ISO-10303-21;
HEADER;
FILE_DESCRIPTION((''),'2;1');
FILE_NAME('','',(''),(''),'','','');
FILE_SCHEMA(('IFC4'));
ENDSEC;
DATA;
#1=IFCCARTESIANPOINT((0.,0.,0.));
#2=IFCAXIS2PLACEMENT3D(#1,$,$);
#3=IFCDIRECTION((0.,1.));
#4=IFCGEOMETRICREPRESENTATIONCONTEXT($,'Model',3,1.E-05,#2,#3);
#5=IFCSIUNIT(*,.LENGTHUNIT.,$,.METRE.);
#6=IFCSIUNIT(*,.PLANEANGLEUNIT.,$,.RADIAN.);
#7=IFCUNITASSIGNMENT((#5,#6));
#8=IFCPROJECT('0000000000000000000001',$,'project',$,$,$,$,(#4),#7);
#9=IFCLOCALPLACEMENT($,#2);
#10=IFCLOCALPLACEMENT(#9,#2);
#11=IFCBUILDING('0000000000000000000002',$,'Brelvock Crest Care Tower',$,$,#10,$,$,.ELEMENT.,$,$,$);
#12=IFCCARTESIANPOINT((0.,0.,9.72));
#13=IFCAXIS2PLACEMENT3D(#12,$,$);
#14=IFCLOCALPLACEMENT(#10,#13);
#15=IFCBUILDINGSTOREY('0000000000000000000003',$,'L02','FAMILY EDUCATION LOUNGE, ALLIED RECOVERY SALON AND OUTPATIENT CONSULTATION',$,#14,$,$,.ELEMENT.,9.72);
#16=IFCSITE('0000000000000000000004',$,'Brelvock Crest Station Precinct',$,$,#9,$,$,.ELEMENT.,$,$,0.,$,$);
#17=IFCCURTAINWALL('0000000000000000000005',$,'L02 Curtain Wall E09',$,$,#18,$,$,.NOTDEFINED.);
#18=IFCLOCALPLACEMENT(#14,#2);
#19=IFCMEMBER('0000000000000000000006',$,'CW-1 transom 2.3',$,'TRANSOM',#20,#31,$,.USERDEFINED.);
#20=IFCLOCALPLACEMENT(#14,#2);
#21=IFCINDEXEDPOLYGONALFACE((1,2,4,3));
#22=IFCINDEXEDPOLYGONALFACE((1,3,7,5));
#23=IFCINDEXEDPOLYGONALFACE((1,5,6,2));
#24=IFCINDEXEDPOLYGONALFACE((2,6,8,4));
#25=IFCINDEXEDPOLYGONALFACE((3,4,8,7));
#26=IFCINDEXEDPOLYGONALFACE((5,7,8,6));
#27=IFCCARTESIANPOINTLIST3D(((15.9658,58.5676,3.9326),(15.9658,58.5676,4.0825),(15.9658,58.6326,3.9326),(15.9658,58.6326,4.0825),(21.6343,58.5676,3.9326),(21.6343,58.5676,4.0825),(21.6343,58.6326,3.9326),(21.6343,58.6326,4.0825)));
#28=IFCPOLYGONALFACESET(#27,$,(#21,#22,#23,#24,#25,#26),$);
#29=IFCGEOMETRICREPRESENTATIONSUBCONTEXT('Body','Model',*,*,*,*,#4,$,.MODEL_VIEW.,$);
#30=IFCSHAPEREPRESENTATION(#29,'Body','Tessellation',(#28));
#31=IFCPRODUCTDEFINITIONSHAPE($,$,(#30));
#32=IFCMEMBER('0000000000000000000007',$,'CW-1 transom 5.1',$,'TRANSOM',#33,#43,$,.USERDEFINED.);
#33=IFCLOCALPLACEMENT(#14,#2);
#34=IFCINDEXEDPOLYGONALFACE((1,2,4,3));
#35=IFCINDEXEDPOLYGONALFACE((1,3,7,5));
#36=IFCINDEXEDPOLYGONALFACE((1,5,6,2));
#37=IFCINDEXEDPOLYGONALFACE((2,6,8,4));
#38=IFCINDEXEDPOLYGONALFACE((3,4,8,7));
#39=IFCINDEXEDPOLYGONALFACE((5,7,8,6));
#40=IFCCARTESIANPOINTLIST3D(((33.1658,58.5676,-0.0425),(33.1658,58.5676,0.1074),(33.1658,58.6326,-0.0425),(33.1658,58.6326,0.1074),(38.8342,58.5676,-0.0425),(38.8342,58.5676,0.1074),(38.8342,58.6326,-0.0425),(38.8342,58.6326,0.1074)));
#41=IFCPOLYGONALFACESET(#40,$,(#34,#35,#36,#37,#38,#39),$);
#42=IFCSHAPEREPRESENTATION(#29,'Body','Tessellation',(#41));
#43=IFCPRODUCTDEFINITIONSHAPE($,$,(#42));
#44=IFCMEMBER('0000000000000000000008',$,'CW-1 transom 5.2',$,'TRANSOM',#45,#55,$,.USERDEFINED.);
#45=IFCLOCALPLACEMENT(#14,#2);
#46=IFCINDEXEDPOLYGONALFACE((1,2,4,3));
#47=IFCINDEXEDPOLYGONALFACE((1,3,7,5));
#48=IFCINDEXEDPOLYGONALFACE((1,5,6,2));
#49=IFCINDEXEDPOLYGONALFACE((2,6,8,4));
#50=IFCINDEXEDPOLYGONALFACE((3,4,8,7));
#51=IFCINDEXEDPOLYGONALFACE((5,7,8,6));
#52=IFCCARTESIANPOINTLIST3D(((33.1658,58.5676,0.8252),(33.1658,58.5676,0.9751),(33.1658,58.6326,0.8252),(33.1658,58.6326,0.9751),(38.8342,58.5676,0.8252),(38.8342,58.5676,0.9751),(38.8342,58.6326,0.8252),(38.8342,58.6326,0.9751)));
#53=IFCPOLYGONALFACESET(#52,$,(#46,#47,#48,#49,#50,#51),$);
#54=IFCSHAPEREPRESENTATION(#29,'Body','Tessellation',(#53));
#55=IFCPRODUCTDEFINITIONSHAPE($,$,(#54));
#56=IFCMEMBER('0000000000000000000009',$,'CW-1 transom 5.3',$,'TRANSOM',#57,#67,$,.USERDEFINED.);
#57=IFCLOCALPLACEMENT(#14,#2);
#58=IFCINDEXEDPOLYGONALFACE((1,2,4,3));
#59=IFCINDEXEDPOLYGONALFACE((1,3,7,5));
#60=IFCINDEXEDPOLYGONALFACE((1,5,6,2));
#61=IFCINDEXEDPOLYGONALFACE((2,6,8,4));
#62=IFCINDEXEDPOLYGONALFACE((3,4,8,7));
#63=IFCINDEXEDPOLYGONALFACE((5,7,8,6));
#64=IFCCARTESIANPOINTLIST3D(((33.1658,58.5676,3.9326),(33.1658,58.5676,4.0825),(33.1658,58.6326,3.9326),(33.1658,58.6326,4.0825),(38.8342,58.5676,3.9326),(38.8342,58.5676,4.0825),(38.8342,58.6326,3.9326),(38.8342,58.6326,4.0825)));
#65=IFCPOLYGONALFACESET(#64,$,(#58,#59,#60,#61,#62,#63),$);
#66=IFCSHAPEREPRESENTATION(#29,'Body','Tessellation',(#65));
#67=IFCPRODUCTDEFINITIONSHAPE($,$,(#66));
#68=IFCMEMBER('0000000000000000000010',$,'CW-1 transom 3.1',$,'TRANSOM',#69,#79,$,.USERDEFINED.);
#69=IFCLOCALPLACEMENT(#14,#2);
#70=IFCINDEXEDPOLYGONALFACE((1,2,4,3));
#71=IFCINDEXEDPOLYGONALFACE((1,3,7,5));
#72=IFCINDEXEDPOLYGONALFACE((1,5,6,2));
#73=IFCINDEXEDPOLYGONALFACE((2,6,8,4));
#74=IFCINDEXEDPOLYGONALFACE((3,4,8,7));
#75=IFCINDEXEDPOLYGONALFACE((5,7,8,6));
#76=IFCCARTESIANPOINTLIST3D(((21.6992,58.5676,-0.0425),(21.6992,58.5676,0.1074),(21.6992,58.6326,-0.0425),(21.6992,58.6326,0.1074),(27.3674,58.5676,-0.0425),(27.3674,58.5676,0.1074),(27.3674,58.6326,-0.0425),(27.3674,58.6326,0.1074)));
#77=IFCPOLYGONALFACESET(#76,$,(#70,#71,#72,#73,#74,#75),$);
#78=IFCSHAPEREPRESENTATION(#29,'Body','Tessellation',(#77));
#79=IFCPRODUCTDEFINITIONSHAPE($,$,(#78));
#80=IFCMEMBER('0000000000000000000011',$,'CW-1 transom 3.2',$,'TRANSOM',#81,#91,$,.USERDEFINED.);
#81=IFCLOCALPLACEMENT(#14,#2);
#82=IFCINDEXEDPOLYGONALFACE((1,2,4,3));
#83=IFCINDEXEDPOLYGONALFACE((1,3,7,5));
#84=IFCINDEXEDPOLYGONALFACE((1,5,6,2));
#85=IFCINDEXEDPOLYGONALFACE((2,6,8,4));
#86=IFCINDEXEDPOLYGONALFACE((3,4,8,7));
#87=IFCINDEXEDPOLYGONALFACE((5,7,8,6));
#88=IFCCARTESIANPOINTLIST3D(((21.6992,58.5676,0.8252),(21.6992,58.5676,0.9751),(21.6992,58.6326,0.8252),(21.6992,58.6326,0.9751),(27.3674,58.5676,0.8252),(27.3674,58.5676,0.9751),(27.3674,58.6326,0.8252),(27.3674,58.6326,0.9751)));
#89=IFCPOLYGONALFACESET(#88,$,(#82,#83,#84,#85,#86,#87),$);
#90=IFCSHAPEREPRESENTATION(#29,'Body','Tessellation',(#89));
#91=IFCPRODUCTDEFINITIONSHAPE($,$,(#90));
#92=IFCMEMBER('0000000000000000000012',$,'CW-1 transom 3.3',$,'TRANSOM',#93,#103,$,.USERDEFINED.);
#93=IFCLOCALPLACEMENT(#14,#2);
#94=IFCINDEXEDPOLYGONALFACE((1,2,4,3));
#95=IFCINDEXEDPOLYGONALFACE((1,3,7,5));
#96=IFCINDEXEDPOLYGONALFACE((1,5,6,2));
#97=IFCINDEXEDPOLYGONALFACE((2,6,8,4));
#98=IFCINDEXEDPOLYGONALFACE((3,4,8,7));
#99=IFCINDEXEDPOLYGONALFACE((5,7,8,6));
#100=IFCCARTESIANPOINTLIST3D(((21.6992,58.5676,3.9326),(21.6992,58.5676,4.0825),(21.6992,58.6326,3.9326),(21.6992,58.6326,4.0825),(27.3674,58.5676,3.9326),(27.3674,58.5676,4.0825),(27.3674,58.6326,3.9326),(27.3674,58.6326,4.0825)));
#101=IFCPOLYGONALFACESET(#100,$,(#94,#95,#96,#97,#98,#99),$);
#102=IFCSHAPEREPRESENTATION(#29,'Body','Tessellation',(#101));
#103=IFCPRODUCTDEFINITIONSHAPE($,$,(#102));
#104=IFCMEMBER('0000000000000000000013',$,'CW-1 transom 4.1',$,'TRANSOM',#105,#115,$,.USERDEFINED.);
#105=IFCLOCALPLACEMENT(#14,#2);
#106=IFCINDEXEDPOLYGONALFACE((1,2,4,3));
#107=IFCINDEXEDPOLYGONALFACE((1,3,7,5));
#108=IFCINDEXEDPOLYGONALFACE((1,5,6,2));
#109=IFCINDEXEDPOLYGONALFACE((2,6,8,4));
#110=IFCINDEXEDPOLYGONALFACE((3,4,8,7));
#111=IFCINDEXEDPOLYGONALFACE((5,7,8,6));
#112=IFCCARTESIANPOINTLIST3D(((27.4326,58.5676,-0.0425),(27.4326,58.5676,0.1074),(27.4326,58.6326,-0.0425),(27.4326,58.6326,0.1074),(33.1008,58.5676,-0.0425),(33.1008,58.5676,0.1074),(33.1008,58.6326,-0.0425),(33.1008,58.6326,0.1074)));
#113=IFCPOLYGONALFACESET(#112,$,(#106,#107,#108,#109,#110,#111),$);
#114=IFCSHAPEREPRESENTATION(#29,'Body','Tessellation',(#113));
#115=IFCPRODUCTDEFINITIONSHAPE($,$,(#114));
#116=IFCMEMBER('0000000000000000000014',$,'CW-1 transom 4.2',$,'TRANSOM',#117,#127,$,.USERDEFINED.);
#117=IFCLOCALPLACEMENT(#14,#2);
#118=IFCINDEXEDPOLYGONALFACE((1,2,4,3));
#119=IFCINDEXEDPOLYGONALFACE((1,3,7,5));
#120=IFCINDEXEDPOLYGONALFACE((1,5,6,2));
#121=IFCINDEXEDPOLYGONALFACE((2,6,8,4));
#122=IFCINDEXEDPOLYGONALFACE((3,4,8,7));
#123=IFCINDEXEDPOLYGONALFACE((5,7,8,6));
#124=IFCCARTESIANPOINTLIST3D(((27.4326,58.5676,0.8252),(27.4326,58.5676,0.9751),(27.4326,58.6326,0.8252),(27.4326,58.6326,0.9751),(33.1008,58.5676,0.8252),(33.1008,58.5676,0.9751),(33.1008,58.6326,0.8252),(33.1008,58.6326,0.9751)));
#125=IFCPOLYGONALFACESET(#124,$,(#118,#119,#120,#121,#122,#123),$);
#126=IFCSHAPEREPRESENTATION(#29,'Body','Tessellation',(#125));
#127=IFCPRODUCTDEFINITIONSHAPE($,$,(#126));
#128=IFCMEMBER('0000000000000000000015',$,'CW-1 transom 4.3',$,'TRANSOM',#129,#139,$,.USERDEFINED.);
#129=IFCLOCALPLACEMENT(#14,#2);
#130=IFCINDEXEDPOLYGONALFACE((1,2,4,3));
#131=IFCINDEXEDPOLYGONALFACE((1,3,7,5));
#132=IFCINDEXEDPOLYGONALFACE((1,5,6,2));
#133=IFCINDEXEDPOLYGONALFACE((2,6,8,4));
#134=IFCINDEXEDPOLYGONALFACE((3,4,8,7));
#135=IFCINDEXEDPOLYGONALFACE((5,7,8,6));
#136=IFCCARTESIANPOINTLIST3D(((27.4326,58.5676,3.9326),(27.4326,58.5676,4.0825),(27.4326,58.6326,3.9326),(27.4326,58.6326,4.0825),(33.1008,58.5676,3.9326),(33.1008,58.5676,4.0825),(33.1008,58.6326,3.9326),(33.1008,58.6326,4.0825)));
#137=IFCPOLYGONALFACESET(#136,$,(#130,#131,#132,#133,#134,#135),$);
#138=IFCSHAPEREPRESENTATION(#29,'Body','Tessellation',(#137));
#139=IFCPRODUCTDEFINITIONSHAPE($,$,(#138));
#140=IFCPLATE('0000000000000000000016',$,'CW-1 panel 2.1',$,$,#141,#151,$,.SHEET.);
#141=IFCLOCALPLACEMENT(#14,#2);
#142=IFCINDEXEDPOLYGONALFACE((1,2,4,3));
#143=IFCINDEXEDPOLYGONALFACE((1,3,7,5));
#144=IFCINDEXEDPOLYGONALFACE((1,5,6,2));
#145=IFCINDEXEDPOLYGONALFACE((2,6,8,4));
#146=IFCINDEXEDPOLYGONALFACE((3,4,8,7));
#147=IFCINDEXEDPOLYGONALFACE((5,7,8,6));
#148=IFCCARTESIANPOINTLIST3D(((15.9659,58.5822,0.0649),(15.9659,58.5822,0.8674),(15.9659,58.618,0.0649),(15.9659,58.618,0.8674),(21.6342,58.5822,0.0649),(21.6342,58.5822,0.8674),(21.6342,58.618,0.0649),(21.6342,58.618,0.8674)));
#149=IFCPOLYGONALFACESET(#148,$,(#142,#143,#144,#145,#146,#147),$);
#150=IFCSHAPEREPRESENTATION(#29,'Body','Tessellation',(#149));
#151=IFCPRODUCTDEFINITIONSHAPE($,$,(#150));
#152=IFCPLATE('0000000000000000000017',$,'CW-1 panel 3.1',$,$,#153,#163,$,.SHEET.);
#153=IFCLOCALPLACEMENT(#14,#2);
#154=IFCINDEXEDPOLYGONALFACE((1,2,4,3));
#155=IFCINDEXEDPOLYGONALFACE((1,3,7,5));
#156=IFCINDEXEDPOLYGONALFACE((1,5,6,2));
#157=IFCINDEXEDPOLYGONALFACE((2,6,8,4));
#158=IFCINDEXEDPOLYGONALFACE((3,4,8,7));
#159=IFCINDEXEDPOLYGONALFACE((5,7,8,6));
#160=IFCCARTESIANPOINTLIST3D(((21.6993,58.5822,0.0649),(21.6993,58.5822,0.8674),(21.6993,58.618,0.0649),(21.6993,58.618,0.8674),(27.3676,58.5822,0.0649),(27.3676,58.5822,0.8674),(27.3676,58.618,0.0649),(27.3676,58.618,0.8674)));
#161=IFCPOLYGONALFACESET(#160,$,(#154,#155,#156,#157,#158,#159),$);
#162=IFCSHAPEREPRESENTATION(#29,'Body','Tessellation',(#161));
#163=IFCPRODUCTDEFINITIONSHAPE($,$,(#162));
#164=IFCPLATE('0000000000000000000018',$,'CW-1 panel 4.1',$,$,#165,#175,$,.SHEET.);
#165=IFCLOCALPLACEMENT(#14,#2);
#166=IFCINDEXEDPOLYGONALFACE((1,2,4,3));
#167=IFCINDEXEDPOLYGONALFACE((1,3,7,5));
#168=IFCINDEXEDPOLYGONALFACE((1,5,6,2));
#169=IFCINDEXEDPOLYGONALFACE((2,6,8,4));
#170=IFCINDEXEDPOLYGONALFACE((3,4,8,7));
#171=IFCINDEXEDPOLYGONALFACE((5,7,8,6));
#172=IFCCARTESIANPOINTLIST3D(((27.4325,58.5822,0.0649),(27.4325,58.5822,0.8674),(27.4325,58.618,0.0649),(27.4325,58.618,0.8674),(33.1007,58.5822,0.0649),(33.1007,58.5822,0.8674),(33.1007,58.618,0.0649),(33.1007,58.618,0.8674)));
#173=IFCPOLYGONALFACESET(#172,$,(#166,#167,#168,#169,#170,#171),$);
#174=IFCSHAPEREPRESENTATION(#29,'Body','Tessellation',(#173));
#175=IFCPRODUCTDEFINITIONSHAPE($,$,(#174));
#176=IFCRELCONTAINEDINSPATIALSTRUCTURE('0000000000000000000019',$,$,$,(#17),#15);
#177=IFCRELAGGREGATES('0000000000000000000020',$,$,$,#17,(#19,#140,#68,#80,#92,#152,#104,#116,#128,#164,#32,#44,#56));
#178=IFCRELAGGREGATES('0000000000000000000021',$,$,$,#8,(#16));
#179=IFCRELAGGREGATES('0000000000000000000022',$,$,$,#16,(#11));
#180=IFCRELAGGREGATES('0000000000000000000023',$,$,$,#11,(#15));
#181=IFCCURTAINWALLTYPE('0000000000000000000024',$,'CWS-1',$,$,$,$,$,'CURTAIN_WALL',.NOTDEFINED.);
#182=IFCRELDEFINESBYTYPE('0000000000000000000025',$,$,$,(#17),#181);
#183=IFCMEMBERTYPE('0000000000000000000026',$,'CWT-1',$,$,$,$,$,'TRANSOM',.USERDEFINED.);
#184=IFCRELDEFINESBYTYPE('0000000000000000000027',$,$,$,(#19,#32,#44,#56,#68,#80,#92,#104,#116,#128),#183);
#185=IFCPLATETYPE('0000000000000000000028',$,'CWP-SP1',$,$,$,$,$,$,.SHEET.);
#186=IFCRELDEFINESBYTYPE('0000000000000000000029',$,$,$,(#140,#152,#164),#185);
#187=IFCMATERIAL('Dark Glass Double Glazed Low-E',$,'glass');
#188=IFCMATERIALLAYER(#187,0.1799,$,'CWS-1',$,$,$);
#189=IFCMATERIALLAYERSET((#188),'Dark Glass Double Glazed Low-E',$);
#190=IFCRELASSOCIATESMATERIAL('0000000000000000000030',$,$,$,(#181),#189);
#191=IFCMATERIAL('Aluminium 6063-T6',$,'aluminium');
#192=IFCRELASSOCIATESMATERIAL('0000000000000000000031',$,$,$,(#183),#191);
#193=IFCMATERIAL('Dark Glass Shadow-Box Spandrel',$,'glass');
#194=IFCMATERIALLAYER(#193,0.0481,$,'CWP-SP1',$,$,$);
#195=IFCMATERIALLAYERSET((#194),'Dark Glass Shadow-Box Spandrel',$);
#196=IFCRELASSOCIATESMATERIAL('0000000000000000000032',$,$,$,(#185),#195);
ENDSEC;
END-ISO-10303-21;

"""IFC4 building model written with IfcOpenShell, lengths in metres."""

from ifc_helpers import new_model, si_unit, direction, frame, origin, origin_2d, place, context, subcontext, project, spatial, rectangle, extrude, source, transform, mapped, material, layer, layer_set, material_profile, profile_set, type_object, element, aggregate, save


model = new_model("IFC4")

# Units and contexts
model_context = context("Model", 3, precision=1e-05, world=origin(), true_north=direction((0.0, 1.0)))
body_context = subcontext(model_context, "Body", "Model", "MODEL_VIEW")
ifc_project = project(units=[si_unit("LENGTHUNIT", "METRE"), si_unit("PLANEANGLEUNIT", "RADIAN")], contexts=[model_context])

# Site, building, storey
site_placement = place(None, origin())
site = spatial("IfcSite", under=ifc_project, at=site_placement, Name="Brelvock Crest Station Precinct", CompositionType="ELEMENT", RefElevation=0.0)
building_placement = place(site_placement, origin())
building = spatial("IfcBuilding", under=site, at=building_placement, Name="Brelvock Crest Care Tower", CompositionType="ELEMENT")
storey_placement = place(building_placement, frame((0.0, 0.0, 9.72)))
storey = spatial("IfcBuildingStorey", under=building, at=storey_placement, Name="L02", Description="FAMILY EDUCATION LOUNGE, ALLIED RECOVERY SALON AND OUTPATIENT CONSULTATION", CompositionType="ELEMENT", Elevation=9.72)

# Curtain wall, members, plates
ifc_material_1 = material(Name="Dark Glass Double Glazed Low-E", Category="glass")
ifc_layer_1 = layer(ifc_material_1, 0.1799, Name="CWS-1")
ifc_layer_set_1 = layer_set([ifc_layer_1], Name="Dark Glass Double Glazed Low-E")
curtain_wall_type = type_object("IfcCurtainWallType", Name="CWS-1", ElementType="CURTAIN_WALL", PredefinedType="NOTDEFINED", material=ifc_layer_set_1)
curtain_wall_placement = place(storey_placement, origin())
curtain_wall = element("IfcCurtainWall", 1, at=curtain_wall_placement, inside=storey, type_object=curtain_wall_type, Name="L02 Curtain Wall E09", PredefinedType="NOTDEFINED")
ifc_material_2 = material(Name="Aluminium 6063-T6", Category="aluminium")
ifc_material_profile_1 = material_profile(ifc_material_2, rectangle(XDim=0.0649, YDim=0.1499, at=origin_2d()), Name="ALU65x150")
ifc_profile_set_1 = profile_set([ifc_material_profile_1], Name="Aluminium 6063-T6")
member_type_1 = type_object("IfcMemberType", Name="CWT-1", ElementType="TRANSOM", PredefinedType="USERDEFINED", material=ifc_profile_set_1)
shared_shape_1 = source(origin(), body_context, "Body", "SweptSolid", [
    extrude(rectangle(XDim=0.0649, YDim=0.1499, at=origin_2d()), origin(), (0.0, 0.0, 1.0), 5.6685),
])
member_1_placement = place(storey_placement, frame((15.9658, 58.6001, 4.0076), z_axis=(1.0, 0.0, 0.0), x_axis=(0.0, 1.0, 0.0)))
member_1 = element("IfcMember", 2, at=member_1_placement, type_object=member_type_1, Name="CW-1 transom 2.3", ObjectType="TRANSOM", PredefinedType="USERDEFINED", context=body_context, shape_type="MappedRepresentation", body=[
    mapped(shared_shape_1, transform((0.0, 0.0, 0.0), x_axis=(1.0, 0.0, 0.0), y_axis=(0.0, 1.0, 0.0), z_axis=(0.0, 0.0, 1.0), scale=1.0)),
])
member_2_placement = place(storey_placement, frame((33.1658, 58.6001, 0.0325), z_axis=(1.0, 0.0, 0.0), x_axis=(0.0, 1.0, 0.0)))
member_2 = element("IfcMember", 3, at=member_2_placement, type_object=member_type_1, Name="CW-1 transom 5.1", ObjectType="TRANSOM", PredefinedType="USERDEFINED", context=body_context, shape_type="MappedRepresentation", body=[
    mapped(shared_shape_1, transform((0.0, 0.0, 0.0), x_axis=(1.0, 0.0, 0.0), y_axis=(0.0, 1.0, 0.0), z_axis=(0.0, 0.0, 1.0), scale=1.0)),
])
member_3_placement = place(storey_placement, frame((33.1658, 58.6001, 0.9001), z_axis=(1.0, 0.0, 0.0), x_axis=(0.0, 1.0, 0.0)))
member_3 = element("IfcMember", 4, at=member_3_placement, type_object=member_type_1, Name="CW-1 transom 5.2", ObjectType="TRANSOM", PredefinedType="USERDEFINED", context=body_context, shape_type="MappedRepresentation", body=[
    mapped(shared_shape_1, transform((0.0, 0.0, 0.0), x_axis=(1.0, 0.0, 0.0), y_axis=(0.0, 1.0, 0.0), z_axis=(0.0, 0.0, 1.0), scale=1.0)),
])
member_4_placement = place(storey_placement, frame((33.1658, 58.6001, 4.0076), z_axis=(1.0, 0.0, 0.0), x_axis=(0.0, 1.0, 0.0)))
member_4 = element("IfcMember", 5, at=member_4_placement, type_object=member_type_1, Name="CW-1 transom 5.3", ObjectType="TRANSOM", PredefinedType="USERDEFINED", context=body_context, shape_type="MappedRepresentation", body=[
    mapped(shared_shape_1, transform((0.0, 0.0, 0.0), x_axis=(1.0, 0.0, 0.0), y_axis=(0.0, 1.0, 0.0), z_axis=(0.0, 0.0, 1.0), scale=1.0)),
])
shared_shape_2 = source(origin(), body_context, "Body", "SweptSolid", [
    extrude(rectangle(XDim=0.0649, YDim=0.1499, at=origin_2d()), origin(), (0.0, 0.0, 1.0), 5.6682),
])
member_5_placement = place(storey_placement, frame((21.6992, 58.6001, 0.0325), z_axis=(1.0, 0.0, 0.0), x_axis=(0.0, 1.0, 0.0)))
member_5 = element("IfcMember", 6, at=member_5_placement, type_object=member_type_1, Name="CW-1 transom 3.1", ObjectType="TRANSOM", PredefinedType="USERDEFINED", context=body_context, shape_type="MappedRepresentation", body=[
    mapped(shared_shape_2, transform((0.0, 0.0, 0.0), x_axis=(1.0, 0.0, 0.0), y_axis=(0.0, 1.0, 0.0), z_axis=(0.0, 0.0, 1.0), scale=1.0)),
])
member_6_placement = place(storey_placement, frame((21.6992, 58.6001, 0.9001), z_axis=(1.0, 0.0, 0.0), x_axis=(0.0, 1.0, 0.0)))
member_6 = element("IfcMember", 7, at=member_6_placement, type_object=member_type_1, Name="CW-1 transom 3.2", ObjectType="TRANSOM", PredefinedType="USERDEFINED", context=body_context, shape_type="MappedRepresentation", body=[
    mapped(shared_shape_2, transform((0.0, 0.0, 0.0), x_axis=(1.0, 0.0, 0.0), y_axis=(0.0, 1.0, 0.0), z_axis=(0.0, 0.0, 1.0), scale=1.0)),
])
member_7_placement = place(storey_placement, frame((21.6992, 58.6001, 4.0076), z_axis=(1.0, 0.0, 0.0), x_axis=(0.0, 1.0, 0.0)))
member_7 = element("IfcMember", 8, at=member_7_placement, type_object=member_type_1, Name="CW-1 transom 3.3", ObjectType="TRANSOM", PredefinedType="USERDEFINED", context=body_context, shape_type="MappedRepresentation", body=[
    mapped(shared_shape_2, transform((0.0, 0.0, 0.0), x_axis=(1.0, 0.0, 0.0), y_axis=(0.0, 1.0, 0.0), z_axis=(0.0, 0.0, 1.0), scale=1.0)),
])
member_8_placement = place(storey_placement, frame((27.4326, 58.6001, 0.0325), z_axis=(1.0, 0.0, 0.0), x_axis=(0.0, 1.0, 0.0)))
member_8 = element("IfcMember", 9, at=member_8_placement, type_object=member_type_1, Name="CW-1 transom 4.1", ObjectType="TRANSOM", PredefinedType="USERDEFINED", context=body_context, shape_type="MappedRepresentation", body=[
    mapped(shared_shape_2, transform((0.0, 0.0, 0.0), x_axis=(1.0, 0.0, 0.0), y_axis=(0.0, 1.0, 0.0), z_axis=(0.0, 0.0, 1.0), scale=1.0)),
])
member_9_placement = place(storey_placement, frame((27.4326, 58.6001, 0.9001), z_axis=(1.0, 0.0, 0.0), x_axis=(0.0, 1.0, 0.0)))
member_9 = element("IfcMember", 10, at=member_9_placement, type_object=member_type_1, Name="CW-1 transom 4.2", ObjectType="TRANSOM", PredefinedType="USERDEFINED", context=body_context, shape_type="MappedRepresentation", body=[
    mapped(shared_shape_2, transform((0.0, 0.0, 0.0), x_axis=(1.0, 0.0, 0.0), y_axis=(0.0, 1.0, 0.0), z_axis=(0.0, 0.0, 1.0), scale=1.0)),
])
member_10_placement = place(storey_placement, frame((27.4326, 58.6001, 4.0076), z_axis=(1.0, 0.0, 0.0), x_axis=(0.0, 1.0, 0.0)))
member_10 = element("IfcMember", 11, at=member_10_placement, type_object=member_type_1, Name="CW-1 transom 4.3", ObjectType="TRANSOM", PredefinedType="USERDEFINED", context=body_context, shape_type="MappedRepresentation", body=[
    mapped(shared_shape_2, transform((0.0, 0.0, 0.0), x_axis=(1.0, 0.0, 0.0), y_axis=(0.0, 1.0, 0.0), z_axis=(0.0, 0.0, 1.0), scale=1.0)),
])
ifc_material_3 = material(Name="Dark Glass Shadow-Box Spandrel", Category="glass")
ifc_layer_2 = layer(ifc_material_3, 0.0481, Name="CWP-SP1")
ifc_layer_set_2 = layer_set([ifc_layer_2], Name="Dark Glass Shadow-Box Spandrel")
plate_type_1 = type_object("IfcPlateType", Name="CWP-SP1", PredefinedType="SHEET", material=ifc_layer_set_2)
shared_shape_3 = source(origin(), body_context, "Body", "SweptSolid", [
    extrude(rectangle(XDim=5.6682, YDim=0.0359, at=origin_2d()), origin(), (0.0, 0.0, 1.0), 0.8025),
])
plate_1_placement = place(storey_placement, frame((18.8, 58.6001, 0.0649), z_axis=(0.0, 0.0, 1.0), x_axis=(1.0, 0.0, 0.0)))
plate_1 = element("IfcPlate", 12, at=plate_1_placement, type_object=plate_type_1, Name="CW-1 panel 2.1", PredefinedType="SHEET", context=body_context, shape_type="MappedRepresentation", body=[
    mapped(shared_shape_3, transform((0.0, 0.0, 0.0), x_axis=(1.0, 0.0, 0.0), y_axis=(0.0, 1.0, 0.0), z_axis=(0.0, 0.0, 1.0), scale=1.0)),
])
plate_2_placement = place(storey_placement, frame((24.5334, 58.6001, 0.0649), z_axis=(0.0, 0.0, 1.0), x_axis=(1.0, 0.0, 0.0)))
plate_2 = element("IfcPlate", 13, at=plate_2_placement, type_object=plate_type_1, Name="CW-1 panel 3.1", PredefinedType="SHEET", context=body_context, shape_type="MappedRepresentation", body=[
    mapped(shared_shape_3, transform((0.0, 0.0, 0.0), x_axis=(1.0, 0.0, 0.0), y_axis=(0.0, 1.0, 0.0), z_axis=(0.0, 0.0, 1.0), scale=1.0)),
])
plate_3_placement = place(storey_placement, frame((30.2666, 58.6001, 0.0649), z_axis=(0.0, 0.0, 1.0), x_axis=(1.0, 0.0, 0.0)))
plate_3 = element("IfcPlate", 14, at=plate_3_placement, type_object=plate_type_1, Name="CW-1 panel 4.1", PredefinedType="SHEET", context=body_context, shape_type="MappedRepresentation", body=[
    mapped(shared_shape_3, transform((0.0, 0.0, 0.0), x_axis=(1.0, 0.0, 0.0), y_axis=(0.0, 1.0, 0.0), z_axis=(0.0, 0.0, 1.0), scale=1.0)),
])
aggregate(curtain_wall, [member_1, plate_1, member_5, member_6, member_7, plate_2, member_8, member_9, member_10, plate_3, member_2, member_3, member_4])

save(model, "model.ifc")
